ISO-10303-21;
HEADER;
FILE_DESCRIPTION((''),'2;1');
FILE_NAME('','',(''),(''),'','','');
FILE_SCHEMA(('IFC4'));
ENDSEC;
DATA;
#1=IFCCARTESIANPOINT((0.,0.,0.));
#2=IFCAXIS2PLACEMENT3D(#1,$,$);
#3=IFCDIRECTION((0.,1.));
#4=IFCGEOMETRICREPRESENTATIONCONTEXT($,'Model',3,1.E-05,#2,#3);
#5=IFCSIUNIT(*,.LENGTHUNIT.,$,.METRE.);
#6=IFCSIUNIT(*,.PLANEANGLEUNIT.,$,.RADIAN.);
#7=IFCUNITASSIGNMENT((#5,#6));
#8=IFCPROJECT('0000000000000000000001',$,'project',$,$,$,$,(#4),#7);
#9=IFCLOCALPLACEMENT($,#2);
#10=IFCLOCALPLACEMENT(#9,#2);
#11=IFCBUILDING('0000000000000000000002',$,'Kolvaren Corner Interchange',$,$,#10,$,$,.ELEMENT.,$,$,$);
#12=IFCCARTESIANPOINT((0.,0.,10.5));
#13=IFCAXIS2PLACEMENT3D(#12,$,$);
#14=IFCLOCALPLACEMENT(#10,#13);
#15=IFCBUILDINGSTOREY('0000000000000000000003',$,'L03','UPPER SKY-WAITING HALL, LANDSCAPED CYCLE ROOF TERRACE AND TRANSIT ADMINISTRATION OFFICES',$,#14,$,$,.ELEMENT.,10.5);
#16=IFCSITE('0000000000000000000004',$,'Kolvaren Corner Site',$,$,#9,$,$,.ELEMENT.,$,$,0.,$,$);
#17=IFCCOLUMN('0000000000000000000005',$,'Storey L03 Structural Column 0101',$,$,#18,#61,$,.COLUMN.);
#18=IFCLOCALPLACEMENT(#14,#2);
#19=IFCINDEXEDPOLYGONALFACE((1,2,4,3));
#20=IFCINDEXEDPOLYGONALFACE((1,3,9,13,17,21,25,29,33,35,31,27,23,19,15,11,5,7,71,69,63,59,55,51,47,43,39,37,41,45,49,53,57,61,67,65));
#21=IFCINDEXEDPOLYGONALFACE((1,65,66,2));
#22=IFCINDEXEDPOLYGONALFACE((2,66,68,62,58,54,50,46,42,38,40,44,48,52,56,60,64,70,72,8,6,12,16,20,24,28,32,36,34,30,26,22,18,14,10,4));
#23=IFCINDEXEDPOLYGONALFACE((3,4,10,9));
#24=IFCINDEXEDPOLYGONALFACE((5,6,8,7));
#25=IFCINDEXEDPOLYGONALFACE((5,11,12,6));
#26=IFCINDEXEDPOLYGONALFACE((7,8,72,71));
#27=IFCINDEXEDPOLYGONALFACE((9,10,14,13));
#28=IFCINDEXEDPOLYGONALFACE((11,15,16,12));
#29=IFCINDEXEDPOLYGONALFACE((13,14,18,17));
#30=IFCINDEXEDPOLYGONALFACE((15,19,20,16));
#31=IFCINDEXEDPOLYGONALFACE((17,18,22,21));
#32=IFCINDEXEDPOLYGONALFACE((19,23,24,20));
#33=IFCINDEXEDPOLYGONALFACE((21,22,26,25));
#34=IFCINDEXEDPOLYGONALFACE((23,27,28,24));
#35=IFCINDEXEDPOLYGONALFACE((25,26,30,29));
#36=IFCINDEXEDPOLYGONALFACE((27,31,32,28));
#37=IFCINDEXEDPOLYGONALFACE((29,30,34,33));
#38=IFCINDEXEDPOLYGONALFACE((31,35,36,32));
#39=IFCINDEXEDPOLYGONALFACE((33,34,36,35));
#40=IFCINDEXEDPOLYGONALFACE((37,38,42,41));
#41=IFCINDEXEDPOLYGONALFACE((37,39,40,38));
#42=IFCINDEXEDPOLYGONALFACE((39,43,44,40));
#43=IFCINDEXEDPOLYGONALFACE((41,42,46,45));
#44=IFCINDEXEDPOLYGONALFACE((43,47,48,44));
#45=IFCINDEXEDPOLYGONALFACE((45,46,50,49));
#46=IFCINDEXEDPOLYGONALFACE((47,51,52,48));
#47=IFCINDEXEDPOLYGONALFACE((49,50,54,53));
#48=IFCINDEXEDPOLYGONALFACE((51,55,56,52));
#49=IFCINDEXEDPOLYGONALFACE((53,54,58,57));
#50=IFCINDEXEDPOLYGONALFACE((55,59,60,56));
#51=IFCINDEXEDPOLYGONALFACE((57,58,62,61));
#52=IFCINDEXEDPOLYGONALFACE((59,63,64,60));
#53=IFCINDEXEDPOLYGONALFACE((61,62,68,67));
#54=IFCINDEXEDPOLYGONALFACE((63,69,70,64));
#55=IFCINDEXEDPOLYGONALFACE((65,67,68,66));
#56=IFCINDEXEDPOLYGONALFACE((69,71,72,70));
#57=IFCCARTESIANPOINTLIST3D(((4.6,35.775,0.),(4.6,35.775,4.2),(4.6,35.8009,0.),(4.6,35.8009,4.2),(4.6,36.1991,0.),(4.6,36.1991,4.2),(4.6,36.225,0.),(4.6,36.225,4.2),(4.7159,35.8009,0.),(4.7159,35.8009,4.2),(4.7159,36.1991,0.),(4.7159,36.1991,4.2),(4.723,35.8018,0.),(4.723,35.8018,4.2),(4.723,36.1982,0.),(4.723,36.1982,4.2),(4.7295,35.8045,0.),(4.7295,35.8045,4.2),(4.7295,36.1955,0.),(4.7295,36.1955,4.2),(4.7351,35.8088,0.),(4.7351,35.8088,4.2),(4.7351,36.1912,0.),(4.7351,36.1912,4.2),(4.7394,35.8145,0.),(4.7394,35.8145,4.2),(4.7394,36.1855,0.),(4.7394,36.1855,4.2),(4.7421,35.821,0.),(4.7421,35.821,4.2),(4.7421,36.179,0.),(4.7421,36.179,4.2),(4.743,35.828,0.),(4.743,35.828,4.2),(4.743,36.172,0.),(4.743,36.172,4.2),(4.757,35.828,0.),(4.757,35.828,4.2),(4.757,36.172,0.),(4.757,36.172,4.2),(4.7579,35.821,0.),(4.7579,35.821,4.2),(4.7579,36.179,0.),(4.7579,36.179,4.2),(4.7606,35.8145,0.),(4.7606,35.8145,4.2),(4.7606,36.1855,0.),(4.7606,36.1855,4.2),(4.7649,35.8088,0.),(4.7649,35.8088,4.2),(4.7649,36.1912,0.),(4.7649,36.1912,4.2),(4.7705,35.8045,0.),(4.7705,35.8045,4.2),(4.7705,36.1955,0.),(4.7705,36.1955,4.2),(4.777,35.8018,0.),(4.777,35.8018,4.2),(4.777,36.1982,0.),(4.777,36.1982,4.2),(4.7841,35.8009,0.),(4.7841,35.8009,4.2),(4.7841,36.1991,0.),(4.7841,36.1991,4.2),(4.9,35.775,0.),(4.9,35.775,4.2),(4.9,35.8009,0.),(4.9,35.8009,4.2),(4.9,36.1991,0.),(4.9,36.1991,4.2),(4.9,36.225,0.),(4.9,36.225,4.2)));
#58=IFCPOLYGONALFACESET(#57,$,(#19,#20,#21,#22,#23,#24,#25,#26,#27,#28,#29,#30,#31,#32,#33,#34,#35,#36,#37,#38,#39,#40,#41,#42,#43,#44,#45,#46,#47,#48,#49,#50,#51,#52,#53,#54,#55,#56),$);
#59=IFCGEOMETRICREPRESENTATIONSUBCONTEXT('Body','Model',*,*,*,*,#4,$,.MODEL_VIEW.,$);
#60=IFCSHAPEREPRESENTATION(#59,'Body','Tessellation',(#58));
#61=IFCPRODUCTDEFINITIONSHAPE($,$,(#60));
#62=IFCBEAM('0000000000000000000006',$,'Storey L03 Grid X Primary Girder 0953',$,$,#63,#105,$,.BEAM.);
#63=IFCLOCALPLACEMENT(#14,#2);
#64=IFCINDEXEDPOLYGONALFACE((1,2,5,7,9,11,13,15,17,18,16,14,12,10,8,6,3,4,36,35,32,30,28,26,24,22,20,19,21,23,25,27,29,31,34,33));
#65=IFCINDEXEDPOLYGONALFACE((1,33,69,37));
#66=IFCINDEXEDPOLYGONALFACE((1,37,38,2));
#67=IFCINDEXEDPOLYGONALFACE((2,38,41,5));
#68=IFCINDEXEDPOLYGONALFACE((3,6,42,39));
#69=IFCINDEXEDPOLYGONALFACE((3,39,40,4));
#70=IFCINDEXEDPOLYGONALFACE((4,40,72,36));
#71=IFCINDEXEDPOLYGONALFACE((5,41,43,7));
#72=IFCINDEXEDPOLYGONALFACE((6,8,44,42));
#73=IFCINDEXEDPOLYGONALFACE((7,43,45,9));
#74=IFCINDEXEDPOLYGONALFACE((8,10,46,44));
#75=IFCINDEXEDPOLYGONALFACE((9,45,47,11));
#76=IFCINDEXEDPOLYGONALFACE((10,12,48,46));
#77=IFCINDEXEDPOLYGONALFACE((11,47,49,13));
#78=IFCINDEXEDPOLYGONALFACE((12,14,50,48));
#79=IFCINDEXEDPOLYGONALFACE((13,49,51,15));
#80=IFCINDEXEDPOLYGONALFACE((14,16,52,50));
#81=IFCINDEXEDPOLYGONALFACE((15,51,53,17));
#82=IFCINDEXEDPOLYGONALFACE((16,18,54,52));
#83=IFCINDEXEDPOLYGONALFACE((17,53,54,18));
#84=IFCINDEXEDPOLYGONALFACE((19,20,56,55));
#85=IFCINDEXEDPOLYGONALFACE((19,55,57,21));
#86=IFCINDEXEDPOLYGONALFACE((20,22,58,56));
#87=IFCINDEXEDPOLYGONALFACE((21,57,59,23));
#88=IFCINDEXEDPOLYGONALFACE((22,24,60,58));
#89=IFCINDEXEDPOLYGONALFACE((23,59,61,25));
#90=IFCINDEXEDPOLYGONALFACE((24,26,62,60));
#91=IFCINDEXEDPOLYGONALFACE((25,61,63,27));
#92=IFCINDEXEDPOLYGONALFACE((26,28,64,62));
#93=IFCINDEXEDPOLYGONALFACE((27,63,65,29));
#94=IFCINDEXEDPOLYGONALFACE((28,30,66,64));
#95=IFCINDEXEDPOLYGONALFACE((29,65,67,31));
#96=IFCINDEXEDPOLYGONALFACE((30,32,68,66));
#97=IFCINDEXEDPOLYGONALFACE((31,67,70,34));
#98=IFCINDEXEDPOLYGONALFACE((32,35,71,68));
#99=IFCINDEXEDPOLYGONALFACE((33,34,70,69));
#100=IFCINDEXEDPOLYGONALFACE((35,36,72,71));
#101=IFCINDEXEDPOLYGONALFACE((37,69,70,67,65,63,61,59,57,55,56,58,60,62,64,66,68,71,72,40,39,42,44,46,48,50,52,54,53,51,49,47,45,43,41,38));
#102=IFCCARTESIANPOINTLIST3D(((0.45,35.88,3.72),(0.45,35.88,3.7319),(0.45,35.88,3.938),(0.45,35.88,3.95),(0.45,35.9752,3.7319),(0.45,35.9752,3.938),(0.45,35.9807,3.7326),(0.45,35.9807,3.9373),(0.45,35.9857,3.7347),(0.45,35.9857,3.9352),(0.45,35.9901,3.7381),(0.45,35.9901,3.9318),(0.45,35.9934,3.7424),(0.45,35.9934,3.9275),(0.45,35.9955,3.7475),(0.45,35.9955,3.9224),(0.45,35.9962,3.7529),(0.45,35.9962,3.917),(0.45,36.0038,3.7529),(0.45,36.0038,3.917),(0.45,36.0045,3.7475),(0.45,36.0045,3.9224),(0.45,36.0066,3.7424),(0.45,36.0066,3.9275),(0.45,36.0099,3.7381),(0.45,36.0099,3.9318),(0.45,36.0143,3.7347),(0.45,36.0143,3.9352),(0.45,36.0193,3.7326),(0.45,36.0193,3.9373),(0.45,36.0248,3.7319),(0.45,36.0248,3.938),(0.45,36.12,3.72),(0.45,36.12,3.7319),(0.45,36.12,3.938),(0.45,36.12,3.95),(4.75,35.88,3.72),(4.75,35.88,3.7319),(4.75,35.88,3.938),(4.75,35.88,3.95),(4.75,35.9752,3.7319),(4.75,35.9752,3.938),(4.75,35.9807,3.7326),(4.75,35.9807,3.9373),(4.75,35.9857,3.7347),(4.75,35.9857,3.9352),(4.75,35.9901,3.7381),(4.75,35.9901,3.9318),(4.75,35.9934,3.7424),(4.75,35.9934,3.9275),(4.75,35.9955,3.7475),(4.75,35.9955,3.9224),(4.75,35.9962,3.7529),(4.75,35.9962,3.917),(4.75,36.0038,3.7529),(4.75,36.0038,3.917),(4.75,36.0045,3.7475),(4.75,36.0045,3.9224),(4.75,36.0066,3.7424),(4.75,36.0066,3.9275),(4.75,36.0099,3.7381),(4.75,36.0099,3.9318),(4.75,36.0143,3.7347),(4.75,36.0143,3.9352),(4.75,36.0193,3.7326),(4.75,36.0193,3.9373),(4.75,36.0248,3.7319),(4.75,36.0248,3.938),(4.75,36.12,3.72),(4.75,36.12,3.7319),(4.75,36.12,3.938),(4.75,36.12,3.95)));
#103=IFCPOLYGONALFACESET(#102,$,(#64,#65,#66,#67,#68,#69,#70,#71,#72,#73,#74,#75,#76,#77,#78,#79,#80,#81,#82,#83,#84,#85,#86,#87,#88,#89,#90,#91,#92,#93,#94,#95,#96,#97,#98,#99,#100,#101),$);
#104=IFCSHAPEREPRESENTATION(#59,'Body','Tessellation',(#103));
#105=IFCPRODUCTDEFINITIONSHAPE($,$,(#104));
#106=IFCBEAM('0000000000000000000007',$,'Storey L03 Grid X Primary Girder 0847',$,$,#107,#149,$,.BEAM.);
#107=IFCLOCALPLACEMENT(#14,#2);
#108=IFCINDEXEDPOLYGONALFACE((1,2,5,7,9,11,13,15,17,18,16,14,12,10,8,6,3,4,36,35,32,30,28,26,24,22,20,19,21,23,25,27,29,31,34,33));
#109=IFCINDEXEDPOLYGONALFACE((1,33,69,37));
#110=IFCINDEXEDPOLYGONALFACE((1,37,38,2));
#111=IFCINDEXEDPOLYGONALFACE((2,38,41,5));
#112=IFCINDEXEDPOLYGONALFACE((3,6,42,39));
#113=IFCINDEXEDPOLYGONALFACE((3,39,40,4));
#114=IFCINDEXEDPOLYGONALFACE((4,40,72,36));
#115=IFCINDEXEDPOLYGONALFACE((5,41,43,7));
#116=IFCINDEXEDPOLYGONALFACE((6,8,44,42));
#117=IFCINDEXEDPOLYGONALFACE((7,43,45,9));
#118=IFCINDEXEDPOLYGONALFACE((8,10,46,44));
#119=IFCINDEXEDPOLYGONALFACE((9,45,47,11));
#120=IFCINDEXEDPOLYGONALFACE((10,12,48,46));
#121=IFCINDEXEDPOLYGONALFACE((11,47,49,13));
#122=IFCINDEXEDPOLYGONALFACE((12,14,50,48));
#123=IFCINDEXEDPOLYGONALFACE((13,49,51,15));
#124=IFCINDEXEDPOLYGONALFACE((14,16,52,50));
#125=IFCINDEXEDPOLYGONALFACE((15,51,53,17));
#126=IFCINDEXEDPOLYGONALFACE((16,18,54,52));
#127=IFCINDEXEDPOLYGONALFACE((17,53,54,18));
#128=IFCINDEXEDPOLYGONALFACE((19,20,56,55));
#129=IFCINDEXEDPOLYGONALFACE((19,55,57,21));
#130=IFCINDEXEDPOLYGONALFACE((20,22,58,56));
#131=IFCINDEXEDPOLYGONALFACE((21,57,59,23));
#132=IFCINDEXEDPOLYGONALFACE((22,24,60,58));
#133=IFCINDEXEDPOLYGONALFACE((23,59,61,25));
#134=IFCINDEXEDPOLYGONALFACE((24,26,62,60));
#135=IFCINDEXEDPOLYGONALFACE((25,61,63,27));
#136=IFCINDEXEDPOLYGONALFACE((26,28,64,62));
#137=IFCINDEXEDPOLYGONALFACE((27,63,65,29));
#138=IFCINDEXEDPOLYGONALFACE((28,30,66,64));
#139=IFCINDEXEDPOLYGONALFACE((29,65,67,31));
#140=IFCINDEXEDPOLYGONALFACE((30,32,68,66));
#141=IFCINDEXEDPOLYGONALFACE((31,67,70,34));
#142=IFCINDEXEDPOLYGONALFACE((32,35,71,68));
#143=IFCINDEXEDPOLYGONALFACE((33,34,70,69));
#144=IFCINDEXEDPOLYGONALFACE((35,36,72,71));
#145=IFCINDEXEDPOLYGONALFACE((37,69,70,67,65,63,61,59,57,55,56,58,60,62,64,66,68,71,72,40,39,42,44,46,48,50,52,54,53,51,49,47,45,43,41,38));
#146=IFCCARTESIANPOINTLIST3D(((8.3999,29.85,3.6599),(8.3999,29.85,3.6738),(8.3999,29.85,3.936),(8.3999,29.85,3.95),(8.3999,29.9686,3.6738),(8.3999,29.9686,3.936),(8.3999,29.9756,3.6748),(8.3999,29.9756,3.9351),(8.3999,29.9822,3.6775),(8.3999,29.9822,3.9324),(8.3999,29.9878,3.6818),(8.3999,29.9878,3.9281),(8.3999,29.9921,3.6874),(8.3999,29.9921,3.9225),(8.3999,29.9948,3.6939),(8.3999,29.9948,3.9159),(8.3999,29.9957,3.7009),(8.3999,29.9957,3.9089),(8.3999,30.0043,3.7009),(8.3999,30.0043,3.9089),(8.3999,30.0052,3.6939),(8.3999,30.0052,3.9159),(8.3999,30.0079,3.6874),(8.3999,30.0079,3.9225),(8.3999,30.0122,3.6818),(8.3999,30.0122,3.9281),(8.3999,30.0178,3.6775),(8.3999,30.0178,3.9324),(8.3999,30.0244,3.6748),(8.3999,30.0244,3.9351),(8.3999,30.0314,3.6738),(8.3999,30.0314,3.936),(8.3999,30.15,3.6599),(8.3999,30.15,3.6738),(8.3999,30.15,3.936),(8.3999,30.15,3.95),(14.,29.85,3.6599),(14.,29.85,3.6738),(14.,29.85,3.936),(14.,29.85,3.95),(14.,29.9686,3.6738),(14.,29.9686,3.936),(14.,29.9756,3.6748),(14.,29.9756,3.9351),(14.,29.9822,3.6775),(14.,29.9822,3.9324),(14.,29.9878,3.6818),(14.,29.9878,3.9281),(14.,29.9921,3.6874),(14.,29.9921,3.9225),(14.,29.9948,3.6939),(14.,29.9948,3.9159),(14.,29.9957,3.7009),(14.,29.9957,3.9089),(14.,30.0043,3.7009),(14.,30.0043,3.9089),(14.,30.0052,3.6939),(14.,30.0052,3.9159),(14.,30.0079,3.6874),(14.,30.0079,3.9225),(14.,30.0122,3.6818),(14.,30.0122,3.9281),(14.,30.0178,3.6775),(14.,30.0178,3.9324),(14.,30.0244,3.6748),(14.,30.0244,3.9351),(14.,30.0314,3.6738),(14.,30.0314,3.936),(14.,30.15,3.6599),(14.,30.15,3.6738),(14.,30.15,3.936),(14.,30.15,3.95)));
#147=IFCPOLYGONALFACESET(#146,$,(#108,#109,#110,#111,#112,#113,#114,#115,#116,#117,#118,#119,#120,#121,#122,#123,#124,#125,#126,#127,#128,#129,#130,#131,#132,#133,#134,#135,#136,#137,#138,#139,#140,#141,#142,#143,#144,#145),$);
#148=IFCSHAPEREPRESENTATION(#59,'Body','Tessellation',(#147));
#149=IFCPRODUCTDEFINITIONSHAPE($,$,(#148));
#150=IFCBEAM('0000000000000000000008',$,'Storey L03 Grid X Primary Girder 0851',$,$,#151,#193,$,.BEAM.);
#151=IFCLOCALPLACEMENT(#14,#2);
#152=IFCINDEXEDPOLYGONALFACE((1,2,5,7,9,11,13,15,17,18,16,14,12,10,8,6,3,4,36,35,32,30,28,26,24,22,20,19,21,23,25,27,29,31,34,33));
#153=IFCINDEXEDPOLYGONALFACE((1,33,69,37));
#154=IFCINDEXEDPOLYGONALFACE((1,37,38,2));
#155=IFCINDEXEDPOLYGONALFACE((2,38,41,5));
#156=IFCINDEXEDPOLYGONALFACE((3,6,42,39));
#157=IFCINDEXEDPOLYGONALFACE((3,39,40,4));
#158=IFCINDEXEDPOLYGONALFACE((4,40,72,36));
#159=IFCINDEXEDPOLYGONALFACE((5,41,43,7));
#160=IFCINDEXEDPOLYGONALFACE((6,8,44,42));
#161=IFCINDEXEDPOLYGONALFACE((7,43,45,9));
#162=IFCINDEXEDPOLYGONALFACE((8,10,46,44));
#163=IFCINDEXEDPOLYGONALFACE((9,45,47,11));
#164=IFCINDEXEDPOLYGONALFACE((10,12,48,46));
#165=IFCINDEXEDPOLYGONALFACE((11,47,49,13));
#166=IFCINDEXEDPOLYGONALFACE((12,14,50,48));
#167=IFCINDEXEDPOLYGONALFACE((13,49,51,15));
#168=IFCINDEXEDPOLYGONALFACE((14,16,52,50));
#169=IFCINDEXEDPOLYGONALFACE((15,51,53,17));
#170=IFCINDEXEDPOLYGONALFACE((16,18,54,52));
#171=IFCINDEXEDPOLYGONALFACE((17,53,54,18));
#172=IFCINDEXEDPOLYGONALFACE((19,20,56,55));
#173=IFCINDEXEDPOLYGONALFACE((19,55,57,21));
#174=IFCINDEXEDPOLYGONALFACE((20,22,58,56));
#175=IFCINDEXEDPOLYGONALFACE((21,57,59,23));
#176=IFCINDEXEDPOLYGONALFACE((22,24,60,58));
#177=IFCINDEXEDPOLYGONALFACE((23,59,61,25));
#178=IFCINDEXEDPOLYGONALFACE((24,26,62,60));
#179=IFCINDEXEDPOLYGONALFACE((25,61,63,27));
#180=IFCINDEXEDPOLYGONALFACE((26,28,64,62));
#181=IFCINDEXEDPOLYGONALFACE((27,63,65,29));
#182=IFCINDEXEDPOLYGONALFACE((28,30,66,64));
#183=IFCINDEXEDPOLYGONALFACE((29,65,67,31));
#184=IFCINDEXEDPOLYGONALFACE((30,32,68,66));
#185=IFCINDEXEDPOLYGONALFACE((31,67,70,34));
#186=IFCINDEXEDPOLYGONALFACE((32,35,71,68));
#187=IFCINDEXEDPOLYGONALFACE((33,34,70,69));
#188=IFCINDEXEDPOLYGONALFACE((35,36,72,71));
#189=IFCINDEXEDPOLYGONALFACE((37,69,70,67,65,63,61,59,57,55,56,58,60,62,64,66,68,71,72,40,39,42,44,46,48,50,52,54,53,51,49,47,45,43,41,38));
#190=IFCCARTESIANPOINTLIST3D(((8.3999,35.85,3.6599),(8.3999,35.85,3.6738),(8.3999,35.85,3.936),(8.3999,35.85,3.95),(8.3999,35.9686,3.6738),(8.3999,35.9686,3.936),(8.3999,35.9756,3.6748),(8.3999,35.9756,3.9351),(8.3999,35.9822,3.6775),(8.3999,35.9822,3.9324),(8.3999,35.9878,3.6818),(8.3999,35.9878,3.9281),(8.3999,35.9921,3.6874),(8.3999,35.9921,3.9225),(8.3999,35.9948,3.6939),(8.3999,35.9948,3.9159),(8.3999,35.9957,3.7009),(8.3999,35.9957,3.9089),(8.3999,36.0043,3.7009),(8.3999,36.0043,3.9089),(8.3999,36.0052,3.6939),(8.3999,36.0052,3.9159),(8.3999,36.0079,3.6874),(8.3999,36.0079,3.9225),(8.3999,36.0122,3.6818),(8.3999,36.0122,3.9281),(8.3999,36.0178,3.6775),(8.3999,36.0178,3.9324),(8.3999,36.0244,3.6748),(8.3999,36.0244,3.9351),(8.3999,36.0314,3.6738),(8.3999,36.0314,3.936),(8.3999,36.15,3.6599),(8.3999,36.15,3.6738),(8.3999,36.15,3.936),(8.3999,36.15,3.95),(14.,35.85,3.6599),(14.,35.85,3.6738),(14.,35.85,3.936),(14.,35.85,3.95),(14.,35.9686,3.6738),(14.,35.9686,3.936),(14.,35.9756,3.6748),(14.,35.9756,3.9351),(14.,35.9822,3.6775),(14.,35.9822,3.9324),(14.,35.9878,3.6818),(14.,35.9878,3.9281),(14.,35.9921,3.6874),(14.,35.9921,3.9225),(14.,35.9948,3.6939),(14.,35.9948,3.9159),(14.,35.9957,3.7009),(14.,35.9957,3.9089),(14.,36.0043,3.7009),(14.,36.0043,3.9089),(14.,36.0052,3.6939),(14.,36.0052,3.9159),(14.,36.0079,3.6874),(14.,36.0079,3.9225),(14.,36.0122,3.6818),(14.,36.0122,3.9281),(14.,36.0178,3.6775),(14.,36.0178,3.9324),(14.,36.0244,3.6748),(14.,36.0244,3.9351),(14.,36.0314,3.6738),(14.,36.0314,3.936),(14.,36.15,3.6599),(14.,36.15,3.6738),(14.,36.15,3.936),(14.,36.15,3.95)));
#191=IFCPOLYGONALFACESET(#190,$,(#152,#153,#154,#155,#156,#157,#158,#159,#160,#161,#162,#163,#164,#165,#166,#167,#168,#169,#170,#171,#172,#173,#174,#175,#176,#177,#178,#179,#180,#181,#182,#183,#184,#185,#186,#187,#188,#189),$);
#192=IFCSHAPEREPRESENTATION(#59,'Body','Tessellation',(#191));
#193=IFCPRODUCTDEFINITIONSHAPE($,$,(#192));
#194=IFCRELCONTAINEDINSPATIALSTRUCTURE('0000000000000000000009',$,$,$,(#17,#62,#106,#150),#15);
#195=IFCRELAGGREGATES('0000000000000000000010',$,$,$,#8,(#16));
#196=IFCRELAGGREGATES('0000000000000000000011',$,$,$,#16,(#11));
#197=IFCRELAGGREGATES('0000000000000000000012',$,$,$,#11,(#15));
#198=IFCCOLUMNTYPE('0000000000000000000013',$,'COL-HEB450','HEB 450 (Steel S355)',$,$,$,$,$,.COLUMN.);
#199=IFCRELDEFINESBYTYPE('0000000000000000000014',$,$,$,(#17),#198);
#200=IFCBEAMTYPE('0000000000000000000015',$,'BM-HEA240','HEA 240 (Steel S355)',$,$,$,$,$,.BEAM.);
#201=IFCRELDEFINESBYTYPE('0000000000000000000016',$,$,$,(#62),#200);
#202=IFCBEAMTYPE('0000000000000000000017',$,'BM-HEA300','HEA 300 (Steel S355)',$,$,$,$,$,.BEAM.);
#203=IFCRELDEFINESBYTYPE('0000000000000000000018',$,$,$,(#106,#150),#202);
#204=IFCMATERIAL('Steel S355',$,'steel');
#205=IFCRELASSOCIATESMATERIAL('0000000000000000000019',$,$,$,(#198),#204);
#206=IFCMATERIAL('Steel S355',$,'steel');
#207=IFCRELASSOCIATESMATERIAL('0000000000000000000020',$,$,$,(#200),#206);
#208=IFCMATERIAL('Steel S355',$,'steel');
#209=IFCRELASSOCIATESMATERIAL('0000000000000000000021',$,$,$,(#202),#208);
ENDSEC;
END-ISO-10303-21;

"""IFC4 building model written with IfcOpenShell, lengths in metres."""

from ifc_helpers import new_model, si_unit, direction, frame, origin, origin_2d, place, context, subcontext, project, spatial, i_section, extrude, material, material_profile, profile_set, type_object, element, save


model = new_model("IFC4")

# Units and contexts
model_context = context("Model", 3, precision=1e-05, world=origin(), true_north=direction((0.0, 1.0)))
body_context = subcontext(model_context, "Body", "Model", "MODEL_VIEW")
ifc_project = project(units=[si_unit("LENGTHUNIT", "METRE"), si_unit("PLANEANGLEUNIT", "RADIAN")], contexts=[model_context])

# Site, building, storey
site_placement = place(None, origin())
site = spatial("IfcSite", under=ifc_project, at=site_placement, Name="Kolvaren Corner Site", CompositionType="ELEMENT", RefElevation=0.0)
building_placement = place(site_placement, origin())
building = spatial("IfcBuilding", under=site, at=building_placement, Name="Kolvaren Corner Interchange", CompositionType="ELEMENT")
storey_placement = place(building_placement, frame((0.0, 0.0, 10.5)))
storey = spatial("IfcBuildingStorey", under=building, at=storey_placement, Name="L03", Description="UPPER SKY-WAITING HALL, LANDSCAPED CYCLE ROOF TERRACE AND TRANSIT ADMINISTRATION OFFICES", CompositionType="ELEMENT", Elevation=10.5)

# Column
ifc_material_1 = material(Name="Steel S355", Category="steel")
ifc_material_profile_1 = material_profile(ifc_material_1, i_section(OverallWidth=0.3, OverallDepth=0.45, WebThickness=0.0139, FlangeThickness=0.0259, FilletRadius=0.0271, at=origin_2d()), Name="HEB 450")
ifc_profile_set_1 = profile_set([ifc_material_profile_1], Name="Steel S355")
column_type_1 = type_object("IfcColumnType", Name="COL-HEB450", Description="HEB 450 (Steel S355)", PredefinedType="COLUMN", material=ifc_profile_set_1)
for number, where, z_axis, x_axis, name in (
    (1, (4.75, 36.0, 0.0), (0.0, 0.0, 1.0), (1.0, 0.0, 0.0), "Storey L03 Structural Column 0101"),
):
    element("IfcColumn", number, at=place(storey_placement, frame(where, z_axis=z_axis, x_axis=x_axis)), inside=storey, type_object=column_type_1, Name=name, PredefinedType="COLUMN", context=body_context, shape_type="SweptSolid", body=[
        extrude(i_section(OverallWidth=0.3, OverallDepth=0.45, WebThickness=0.0139, FlangeThickness=0.0259, FilletRadius=0.0271, at=origin_2d()), origin(), (0.0, 0.0, 1.0), 4.2),
    ])

# Beams
ifc_material_2 = material(Name="Steel S355", Category="steel")
ifc_material_profile_2 = material_profile(ifc_material_2, i_section(OverallWidth=0.24, OverallDepth=0.23, WebThickness=0.0076, FlangeThickness=0.012, FilletRadius=0.021, at=origin_2d()), Name="HEA 240")
ifc_profile_set_2 = profile_set([ifc_material_profile_2], Name="Steel S355")
beam_type_1 = type_object("IfcBeamType", Name="BM-HEA240", Description="HEA 240 (Steel S355)", PredefinedType="BEAM", material=ifc_profile_set_2)
beam_1_placement = place(storey_placement, frame((0.45, 36.0, 3.835), z_axis=(1.0, 0.0, 0.0), x_axis=(0.0, 1.0, 0.0)))
element("IfcBeam", 2, at=beam_1_placement, inside=storey, type_object=beam_type_1, Name="Storey L03 Grid X Primary Girder 0953", PredefinedType="BEAM", context=body_context, shape_type="SweptSolid", body=[
    extrude(i_section(OverallWidth=0.24, OverallDepth=0.23, WebThickness=0.0076, FlangeThickness=0.012, FilletRadius=0.021, at=origin_2d()), origin(), (0.0, 0.0, 1.0), 4.3),
])
ifc_material_3 = material(Name="Steel S355", Category="steel")
ifc_material_profile_3 = material_profile(ifc_material_3, i_section(OverallWidth=0.3, OverallDepth=0.29, WebThickness=0.0085, FlangeThickness=0.0139, FilletRadius=0.0271, at=origin_2d()), Name="HEA 300")
ifc_profile_set_3 = profile_set([ifc_material_profile_3], Name="Steel S355")
beam_type_2 = type_object("IfcBeamType", Name="BM-HEA300", Description="HEA 300 (Steel S355)", PredefinedType="BEAM", material=ifc_profile_set_3)
for number, where, z_axis, x_axis, name in (
    (3, (8.3999, 30.0, 3.8049), (1.0, 0.0, 0.0), (0.0, 1.0, 0.0), "Storey L03 Grid X Primary Girder 0847"),
    (4, (8.3999, 36.0, 3.8049), (1.0, 0.0, 0.0), (0.0, 1.0, 0.0), "Storey L03 Grid X Primary Girder 0851"),
):
    element("IfcBeam", number, at=place(storey_placement, frame(where, z_axis=z_axis, x_axis=x_axis)), inside=storey, type_object=beam_type_2, Name=name, PredefinedType="BEAM", context=body_context, shape_type="SweptSolid", body=[
        extrude(i_section(OverallWidth=0.3, OverallDepth=0.29, WebThickness=0.0085, FlangeThickness=0.0139, FilletRadius=0.0271, at=origin_2d()), origin(), (0.0, 0.0, 1.0), 5.6001),
    ])

save(model, "model.ifc")
